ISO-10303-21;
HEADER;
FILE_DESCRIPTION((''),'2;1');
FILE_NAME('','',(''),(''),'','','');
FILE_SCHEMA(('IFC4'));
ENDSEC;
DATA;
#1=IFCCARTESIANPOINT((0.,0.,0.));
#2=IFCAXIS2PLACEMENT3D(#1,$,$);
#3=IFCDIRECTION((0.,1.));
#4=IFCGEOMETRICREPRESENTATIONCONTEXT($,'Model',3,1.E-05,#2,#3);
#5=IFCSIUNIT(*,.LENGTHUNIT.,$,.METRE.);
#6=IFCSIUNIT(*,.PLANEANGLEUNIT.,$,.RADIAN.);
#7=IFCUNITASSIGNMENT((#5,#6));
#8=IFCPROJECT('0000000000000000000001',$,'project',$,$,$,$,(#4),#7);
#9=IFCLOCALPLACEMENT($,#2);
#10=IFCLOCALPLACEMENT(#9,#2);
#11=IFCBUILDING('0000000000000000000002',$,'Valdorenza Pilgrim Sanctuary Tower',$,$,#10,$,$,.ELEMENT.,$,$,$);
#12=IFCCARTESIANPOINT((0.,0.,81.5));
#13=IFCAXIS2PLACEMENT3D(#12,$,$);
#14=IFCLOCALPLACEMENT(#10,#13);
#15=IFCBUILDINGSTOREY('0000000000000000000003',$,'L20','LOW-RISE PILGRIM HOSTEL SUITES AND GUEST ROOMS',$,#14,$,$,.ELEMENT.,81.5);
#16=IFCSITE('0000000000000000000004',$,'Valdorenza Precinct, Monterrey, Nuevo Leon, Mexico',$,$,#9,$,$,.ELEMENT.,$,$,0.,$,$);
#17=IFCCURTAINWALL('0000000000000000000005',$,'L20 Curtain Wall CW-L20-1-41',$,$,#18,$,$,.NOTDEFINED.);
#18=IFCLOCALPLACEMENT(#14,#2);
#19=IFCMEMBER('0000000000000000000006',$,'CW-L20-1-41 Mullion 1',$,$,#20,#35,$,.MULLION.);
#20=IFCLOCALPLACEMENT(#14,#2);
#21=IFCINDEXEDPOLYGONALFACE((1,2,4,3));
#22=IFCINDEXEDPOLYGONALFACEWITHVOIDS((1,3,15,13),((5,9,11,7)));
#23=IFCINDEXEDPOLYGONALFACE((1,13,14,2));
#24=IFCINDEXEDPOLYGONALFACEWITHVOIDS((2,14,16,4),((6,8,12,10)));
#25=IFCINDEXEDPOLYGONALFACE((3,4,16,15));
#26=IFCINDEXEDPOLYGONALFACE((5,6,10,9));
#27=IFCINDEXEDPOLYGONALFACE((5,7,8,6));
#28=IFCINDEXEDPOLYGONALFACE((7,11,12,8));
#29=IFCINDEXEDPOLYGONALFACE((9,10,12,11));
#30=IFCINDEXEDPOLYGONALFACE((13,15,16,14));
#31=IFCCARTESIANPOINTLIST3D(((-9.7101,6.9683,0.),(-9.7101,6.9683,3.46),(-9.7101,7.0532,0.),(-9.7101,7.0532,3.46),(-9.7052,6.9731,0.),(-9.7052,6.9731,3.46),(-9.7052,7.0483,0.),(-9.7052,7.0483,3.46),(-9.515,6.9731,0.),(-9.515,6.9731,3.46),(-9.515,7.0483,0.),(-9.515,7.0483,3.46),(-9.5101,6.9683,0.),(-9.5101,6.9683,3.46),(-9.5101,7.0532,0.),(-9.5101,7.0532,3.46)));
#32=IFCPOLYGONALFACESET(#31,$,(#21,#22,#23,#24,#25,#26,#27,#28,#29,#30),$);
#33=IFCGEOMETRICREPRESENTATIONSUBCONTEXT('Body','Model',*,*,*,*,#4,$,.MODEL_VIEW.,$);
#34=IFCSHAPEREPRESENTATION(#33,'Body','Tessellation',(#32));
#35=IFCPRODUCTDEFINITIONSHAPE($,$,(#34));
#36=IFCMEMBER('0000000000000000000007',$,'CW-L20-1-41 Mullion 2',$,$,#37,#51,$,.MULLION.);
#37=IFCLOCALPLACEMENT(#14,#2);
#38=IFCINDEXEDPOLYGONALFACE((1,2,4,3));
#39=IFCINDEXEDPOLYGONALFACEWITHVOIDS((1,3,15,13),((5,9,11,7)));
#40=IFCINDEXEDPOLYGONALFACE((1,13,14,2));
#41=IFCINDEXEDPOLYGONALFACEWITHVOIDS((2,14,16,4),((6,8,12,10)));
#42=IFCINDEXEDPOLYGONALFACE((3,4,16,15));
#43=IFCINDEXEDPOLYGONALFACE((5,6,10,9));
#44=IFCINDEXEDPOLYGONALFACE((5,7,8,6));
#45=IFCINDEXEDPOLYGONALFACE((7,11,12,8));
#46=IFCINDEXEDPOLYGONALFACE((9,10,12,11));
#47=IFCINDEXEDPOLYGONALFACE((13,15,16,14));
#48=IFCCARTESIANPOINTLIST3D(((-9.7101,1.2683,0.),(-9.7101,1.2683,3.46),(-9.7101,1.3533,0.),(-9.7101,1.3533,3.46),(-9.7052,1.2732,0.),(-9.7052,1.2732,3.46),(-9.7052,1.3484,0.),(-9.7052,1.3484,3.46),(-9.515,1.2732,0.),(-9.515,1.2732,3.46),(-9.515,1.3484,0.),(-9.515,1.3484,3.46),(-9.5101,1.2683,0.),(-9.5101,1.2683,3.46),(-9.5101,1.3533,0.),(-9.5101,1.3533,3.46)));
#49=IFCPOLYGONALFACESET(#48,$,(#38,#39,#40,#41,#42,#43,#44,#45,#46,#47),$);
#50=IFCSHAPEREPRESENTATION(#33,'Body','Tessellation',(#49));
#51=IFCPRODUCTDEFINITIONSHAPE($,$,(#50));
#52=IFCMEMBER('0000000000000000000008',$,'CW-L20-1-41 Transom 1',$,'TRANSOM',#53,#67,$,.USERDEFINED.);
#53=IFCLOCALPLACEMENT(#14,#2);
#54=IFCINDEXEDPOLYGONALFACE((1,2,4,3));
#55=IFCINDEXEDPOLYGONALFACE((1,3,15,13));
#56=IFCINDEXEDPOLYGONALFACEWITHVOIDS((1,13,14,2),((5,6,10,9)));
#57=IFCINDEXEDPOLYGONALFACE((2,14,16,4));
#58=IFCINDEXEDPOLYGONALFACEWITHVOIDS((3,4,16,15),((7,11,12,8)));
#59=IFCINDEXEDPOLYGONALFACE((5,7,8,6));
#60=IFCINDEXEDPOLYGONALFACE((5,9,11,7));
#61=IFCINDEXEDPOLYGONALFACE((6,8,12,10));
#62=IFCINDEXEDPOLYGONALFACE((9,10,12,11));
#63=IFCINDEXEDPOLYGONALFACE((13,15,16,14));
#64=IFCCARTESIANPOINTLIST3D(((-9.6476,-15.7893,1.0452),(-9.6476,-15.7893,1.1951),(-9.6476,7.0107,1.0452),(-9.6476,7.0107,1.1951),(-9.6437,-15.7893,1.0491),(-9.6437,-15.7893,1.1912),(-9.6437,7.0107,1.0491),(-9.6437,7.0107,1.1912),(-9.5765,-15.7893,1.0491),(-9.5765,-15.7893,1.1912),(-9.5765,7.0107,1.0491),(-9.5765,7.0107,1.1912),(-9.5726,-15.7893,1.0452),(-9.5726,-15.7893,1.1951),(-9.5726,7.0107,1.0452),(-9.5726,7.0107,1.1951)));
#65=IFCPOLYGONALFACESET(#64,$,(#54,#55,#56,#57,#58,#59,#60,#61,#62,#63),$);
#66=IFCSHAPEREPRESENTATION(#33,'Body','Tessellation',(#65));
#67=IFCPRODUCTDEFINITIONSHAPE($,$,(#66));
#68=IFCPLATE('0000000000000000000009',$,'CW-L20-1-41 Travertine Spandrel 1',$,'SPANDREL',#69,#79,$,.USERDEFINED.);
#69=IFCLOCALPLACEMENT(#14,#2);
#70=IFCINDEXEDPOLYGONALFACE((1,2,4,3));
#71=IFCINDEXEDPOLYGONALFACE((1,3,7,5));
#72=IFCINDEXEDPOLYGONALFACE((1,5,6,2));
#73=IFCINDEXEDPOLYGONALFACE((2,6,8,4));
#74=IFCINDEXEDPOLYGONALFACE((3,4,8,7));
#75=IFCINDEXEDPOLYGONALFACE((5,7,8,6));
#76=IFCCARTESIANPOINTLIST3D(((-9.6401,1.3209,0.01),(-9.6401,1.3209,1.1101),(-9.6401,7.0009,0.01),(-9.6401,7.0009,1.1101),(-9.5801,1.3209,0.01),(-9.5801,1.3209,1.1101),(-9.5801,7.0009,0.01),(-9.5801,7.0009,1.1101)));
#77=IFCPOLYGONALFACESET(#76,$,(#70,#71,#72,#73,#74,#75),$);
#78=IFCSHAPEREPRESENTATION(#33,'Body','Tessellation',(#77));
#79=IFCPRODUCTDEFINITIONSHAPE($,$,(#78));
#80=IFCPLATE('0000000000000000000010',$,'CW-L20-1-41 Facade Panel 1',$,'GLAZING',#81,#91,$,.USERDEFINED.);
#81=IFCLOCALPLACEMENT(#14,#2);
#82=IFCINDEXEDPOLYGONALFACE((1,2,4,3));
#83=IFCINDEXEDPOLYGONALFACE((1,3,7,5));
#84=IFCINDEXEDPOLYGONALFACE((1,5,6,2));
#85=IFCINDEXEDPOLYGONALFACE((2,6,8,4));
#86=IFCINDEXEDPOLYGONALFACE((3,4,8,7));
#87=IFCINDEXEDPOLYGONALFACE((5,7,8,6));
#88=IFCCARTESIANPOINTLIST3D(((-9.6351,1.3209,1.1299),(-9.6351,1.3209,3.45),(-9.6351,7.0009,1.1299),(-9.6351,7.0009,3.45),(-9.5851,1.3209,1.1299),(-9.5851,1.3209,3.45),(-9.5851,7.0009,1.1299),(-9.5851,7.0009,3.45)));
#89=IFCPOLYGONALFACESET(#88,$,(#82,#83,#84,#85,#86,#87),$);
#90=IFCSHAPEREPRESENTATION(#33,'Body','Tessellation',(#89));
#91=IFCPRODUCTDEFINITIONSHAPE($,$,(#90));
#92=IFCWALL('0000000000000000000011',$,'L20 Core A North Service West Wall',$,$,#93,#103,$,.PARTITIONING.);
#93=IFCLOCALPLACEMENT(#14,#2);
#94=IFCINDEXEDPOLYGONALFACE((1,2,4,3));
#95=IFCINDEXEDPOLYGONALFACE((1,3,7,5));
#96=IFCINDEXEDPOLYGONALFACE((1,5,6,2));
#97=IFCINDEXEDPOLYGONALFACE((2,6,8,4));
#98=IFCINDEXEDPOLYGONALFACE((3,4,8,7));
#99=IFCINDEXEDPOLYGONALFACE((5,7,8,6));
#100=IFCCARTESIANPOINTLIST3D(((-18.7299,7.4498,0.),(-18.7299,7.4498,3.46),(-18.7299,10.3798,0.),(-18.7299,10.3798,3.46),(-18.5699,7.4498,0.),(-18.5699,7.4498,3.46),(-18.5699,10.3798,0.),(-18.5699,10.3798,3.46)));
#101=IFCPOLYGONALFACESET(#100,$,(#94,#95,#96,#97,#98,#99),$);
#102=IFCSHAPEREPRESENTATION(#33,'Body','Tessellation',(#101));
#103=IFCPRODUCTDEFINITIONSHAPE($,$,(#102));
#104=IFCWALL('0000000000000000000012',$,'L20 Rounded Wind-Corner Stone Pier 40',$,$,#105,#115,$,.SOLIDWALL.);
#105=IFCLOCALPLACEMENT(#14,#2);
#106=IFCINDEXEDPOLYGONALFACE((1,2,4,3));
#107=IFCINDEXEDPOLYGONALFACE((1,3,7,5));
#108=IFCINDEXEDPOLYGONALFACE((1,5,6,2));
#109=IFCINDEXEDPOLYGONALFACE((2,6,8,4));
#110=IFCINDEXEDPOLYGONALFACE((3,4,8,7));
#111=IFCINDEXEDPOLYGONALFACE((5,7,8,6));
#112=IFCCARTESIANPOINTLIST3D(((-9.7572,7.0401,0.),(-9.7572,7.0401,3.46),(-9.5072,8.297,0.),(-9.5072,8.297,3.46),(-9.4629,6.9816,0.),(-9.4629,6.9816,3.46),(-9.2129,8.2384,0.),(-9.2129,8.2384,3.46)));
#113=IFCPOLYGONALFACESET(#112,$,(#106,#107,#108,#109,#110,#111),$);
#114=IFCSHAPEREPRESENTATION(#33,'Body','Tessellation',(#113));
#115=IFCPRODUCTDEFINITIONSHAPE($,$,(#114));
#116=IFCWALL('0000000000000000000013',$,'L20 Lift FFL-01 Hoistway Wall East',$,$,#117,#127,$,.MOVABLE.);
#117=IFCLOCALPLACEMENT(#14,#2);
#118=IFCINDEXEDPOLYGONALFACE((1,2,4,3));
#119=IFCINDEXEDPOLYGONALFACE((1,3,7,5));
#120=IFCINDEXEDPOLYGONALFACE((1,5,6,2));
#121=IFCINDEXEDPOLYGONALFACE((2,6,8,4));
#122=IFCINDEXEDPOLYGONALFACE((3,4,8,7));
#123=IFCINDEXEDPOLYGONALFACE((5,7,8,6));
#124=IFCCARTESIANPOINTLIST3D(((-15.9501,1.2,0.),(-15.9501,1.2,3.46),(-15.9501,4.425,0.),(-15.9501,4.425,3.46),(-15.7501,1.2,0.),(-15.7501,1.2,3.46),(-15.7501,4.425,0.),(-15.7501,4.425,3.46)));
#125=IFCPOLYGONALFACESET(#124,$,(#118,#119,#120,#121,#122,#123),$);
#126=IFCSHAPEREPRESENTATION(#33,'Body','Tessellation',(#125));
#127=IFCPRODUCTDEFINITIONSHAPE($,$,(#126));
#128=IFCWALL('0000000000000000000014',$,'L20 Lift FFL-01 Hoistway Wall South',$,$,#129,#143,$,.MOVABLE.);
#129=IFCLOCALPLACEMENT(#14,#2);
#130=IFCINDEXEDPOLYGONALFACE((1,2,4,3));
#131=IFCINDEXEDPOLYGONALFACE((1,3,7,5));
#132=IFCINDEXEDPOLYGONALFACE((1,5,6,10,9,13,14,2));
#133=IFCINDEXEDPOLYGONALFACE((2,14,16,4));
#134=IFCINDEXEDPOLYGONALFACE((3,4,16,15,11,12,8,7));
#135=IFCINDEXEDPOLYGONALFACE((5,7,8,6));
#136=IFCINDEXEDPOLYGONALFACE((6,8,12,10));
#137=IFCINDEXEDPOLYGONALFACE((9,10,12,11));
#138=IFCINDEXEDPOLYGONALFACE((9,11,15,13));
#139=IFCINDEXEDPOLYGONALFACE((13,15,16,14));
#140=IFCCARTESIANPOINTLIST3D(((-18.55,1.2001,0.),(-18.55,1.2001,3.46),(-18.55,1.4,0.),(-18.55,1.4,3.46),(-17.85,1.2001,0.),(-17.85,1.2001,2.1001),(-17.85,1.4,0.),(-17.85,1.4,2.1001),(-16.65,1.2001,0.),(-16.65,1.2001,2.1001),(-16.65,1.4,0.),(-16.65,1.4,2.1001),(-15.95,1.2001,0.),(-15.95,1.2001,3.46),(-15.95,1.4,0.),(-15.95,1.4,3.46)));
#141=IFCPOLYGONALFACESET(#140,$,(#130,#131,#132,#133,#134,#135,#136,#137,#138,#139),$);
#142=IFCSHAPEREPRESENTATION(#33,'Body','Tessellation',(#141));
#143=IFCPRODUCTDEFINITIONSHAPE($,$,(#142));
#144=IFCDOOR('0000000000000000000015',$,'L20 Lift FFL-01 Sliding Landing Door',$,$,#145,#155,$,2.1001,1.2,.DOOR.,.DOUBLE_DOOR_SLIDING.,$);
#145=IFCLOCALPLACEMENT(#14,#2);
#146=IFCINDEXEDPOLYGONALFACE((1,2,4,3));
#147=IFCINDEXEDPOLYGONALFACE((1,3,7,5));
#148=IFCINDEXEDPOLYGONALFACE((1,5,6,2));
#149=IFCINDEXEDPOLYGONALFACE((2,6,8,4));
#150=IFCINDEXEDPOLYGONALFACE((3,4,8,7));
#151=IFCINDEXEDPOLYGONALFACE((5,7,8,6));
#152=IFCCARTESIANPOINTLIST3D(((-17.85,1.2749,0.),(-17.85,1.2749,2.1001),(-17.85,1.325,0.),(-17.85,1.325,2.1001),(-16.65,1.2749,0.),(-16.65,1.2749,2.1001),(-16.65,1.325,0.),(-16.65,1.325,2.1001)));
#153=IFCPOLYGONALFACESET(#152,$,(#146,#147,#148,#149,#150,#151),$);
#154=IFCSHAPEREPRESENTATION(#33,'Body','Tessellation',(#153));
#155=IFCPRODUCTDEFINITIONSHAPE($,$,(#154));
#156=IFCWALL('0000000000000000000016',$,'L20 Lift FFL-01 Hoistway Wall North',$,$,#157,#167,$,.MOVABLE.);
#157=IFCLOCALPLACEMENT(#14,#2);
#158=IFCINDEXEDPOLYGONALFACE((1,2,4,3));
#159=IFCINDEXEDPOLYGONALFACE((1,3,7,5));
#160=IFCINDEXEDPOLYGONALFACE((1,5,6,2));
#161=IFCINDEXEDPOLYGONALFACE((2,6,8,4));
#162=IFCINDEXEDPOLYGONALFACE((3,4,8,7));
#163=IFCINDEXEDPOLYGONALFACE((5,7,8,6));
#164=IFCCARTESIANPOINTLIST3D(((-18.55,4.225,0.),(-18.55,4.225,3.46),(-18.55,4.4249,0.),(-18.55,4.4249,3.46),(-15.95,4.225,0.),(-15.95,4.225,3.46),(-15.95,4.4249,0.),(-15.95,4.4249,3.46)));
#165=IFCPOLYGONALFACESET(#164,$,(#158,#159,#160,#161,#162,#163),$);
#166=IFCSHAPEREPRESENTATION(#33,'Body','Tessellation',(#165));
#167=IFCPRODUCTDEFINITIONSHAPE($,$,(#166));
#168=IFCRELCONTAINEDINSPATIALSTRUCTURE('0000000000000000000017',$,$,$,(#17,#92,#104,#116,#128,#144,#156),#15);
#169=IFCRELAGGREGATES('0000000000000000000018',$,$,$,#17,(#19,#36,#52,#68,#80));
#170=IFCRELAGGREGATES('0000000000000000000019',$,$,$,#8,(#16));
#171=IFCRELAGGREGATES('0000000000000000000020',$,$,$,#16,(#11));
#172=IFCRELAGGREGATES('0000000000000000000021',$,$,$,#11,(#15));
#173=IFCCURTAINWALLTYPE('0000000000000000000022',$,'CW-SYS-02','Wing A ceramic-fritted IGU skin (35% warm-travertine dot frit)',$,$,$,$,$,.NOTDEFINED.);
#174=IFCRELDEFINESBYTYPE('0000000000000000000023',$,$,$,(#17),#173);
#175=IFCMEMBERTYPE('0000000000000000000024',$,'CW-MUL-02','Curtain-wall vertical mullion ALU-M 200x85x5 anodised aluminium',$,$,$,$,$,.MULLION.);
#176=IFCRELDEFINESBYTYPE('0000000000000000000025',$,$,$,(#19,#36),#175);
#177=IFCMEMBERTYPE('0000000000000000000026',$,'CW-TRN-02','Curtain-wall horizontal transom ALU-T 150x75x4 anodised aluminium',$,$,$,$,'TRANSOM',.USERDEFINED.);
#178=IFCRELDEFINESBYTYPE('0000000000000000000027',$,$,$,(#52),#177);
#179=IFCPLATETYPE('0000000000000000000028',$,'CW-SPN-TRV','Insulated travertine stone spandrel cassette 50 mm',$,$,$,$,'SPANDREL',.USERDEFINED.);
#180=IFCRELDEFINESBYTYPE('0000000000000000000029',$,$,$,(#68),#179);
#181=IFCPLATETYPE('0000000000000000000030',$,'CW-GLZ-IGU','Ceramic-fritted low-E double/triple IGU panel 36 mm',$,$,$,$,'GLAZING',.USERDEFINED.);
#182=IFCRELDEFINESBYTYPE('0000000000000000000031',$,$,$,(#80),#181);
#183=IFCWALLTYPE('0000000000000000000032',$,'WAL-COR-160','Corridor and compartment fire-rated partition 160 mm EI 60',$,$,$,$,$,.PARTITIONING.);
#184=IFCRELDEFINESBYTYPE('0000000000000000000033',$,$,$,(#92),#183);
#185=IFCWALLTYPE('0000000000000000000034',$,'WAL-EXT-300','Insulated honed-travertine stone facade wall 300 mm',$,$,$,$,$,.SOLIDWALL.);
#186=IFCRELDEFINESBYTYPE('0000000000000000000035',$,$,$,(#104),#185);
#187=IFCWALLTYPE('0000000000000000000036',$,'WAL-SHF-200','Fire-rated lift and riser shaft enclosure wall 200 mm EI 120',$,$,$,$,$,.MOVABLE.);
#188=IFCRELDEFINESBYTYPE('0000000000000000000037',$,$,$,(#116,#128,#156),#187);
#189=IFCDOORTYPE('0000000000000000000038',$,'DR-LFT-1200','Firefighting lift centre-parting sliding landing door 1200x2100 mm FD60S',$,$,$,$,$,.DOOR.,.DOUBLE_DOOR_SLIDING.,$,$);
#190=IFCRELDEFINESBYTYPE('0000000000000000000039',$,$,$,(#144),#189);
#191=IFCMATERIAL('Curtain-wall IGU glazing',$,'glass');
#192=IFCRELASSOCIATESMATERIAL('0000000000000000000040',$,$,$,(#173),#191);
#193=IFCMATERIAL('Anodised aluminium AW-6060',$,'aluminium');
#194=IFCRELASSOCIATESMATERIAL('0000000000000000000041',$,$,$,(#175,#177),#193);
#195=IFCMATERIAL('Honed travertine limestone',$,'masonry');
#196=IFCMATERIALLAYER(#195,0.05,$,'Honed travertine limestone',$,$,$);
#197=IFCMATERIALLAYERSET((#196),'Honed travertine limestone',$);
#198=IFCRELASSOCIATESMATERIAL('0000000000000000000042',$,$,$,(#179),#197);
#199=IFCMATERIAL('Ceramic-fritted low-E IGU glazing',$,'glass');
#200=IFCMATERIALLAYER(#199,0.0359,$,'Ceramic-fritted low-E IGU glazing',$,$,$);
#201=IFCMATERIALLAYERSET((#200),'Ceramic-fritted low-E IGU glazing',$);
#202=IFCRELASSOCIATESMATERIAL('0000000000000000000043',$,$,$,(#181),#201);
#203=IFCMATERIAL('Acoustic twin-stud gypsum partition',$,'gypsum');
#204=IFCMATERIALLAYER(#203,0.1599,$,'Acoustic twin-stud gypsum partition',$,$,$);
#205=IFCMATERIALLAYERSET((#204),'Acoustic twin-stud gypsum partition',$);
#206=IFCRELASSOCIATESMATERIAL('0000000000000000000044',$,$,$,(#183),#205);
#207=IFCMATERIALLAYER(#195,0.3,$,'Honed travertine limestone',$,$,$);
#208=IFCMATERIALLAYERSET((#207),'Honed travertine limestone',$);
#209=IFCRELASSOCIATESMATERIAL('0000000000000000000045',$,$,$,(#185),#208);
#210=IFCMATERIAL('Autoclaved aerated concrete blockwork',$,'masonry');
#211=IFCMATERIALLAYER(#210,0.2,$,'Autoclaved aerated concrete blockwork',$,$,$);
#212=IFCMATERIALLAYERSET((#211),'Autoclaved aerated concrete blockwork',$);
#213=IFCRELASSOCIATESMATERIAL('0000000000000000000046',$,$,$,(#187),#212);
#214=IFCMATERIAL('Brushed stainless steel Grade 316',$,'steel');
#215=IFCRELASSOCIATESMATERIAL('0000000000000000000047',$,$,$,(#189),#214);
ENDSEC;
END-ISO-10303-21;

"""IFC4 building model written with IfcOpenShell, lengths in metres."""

from ifc_helpers import new_model, si_unit, direction, frame, frame_2d, origin, origin_2d, place, context, subcontext, project, spatial, rectangle, hollow_rectangle, extrude, source, transform, mapped, material, layer, layer_set, material_profile, profile_set, type_object, element, fill, aggregate, save


model = new_model("IFC4")

# Units and contexts
model_context = context("Model", 3, precision=1e-05, world=origin(), true_north=direction((0.0, 1.0)))
body_context = subcontext(model_context, "Body", "Model", "MODEL_VIEW")
ifc_project = project(units=[si_unit("LENGTHUNIT", "METRE"), si_unit("PLANEANGLEUNIT", "RADIAN")], contexts=[model_context])

# Site, building, storey
site_placement = place(None, origin())
site = spatial("IfcSite", under=ifc_project, at=site_placement, Name="Valdorenza Precinct, Monterrey, Nuevo Leon, Mexico", CompositionType="ELEMENT", RefElevation=0.0)
building_placement = place(site_placement, origin())
building = spatial("IfcBuilding", under=site, at=building_placement, Name="Valdorenza Pilgrim Sanctuary Tower", CompositionType="ELEMENT")
storey_placement = place(building_placement, frame((0.0, 0.0, 81.5)))
storey = spatial("IfcBuildingStorey", under=building, at=storey_placement, Name="L20", Description="LOW-RISE PILGRIM HOSTEL SUITES AND GUEST ROOMS", CompositionType="ELEMENT", Elevation=81.5)

# Curtain wall, members, plates
ifc_material_1 = material(Name="Curtain-wall IGU glazing", Category="glass")
curtain_wall_type = type_object("IfcCurtainWallType", Name="CW-SYS-02", Description="Wing A ceramic-fritted IGU skin (35% warm-travertine dot frit)", PredefinedType="NOTDEFINED", material=ifc_material_1)
curtain_wall_placement = place(storey_placement, origin())
curtain_wall = element("IfcCurtainWall", 1, at=curtain_wall_placement, inside=storey, type_object=curtain_wall_type, Name="L20 Curtain Wall CW-L20-1-41", PredefinedType="NOTDEFINED")
ifc_material_2 = material(Name="Anodised aluminium AW-6060", Category="aluminium")
ifc_material_profile_1 = material_profile(ifc_material_2, hollow_rectangle(XDim=0.085, YDim=0.2, WallThickness=0.0049, at=origin_2d()), Name="ALU-M 200x85x5")
ifc_profile_set_1 = profile_set([ifc_material_profile_1], Name="Anodised aluminium AW-6060")
member_type_1 = type_object("IfcMemberType", Name="CW-MUL-02", Description="Curtain-wall vertical mullion ALU-M 200x85x5 anodised aluminium", PredefinedType="MULLION", material=ifc_profile_set_1)
shared_shape_1 = source(origin(), body_context, "Body", "SweptSolid", [
    extrude(hollow_rectangle(XDim=0.085, YDim=0.2, WallThickness=0.0049, at=origin_2d()), origin(), (0.0, 0.0, 1.0), 3.46),
])
member_1_placement = place(storey_placement, frame((-9.6101, 7.0107, 0.0), z_axis=(0.0, 0.0, 1.0), x_axis=(0.0, -1.0, 0.0)))
member_1 = element("IfcMember", 2, at=member_1_placement, type_object=member_type_1, Name="CW-L20-1-41 Mullion 1", PredefinedType="MULLION", context=body_context, shape_type="MappedRepresentation", body=[
    mapped(shared_shape_1, transform((0.0, 0.0, 0.0), x_axis=(1.0, 0.0, 0.0), y_axis=(0.0, 1.0, 0.0), z_axis=(0.0, 0.0, 1.0), scale=1.0)),
])
member_2_placement = place(storey_placement, frame((-9.6101, 1.3108, 0.0), z_axis=(0.0, 0.0, 1.0), x_axis=(0.0, -1.0, 0.0)))
member_2 = element("IfcMember", 3, at=member_2_placement, type_object=member_type_1, Name="CW-L20-1-41 Mullion 2", PredefinedType="MULLION", context=body_context, shape_type="MappedRepresentation", body=[
    mapped(shared_shape_1, transform((0.0, 0.0, 0.0), x_axis=(1.0, 0.0, 0.0), y_axis=(0.0, 1.0, 0.0), z_axis=(0.0, 0.0, 1.0), scale=1.0)),
])
ifc_material_profile_2 = material_profile(ifc_material_2, hollow_rectangle(XDim=0.075, YDim=0.1499, WallThickness=0.0039, at=origin_2d()), Name="ALU-T 150x75x4")
ifc_profile_set_2 = profile_set([ifc_material_profile_2], Name="Anodised aluminium AW-6060")
member_type_2 = type_object("IfcMemberType", Name="CW-TRN-02", Description="Curtain-wall horizontal transom ALU-T 150x75x4 anodised aluminium", ElementType="TRANSOM", PredefinedType="USERDEFINED", material=ifc_profile_set_2)
shared_shape_2 = source(origin(), body_context, "Body", "SweptSolid", [
    extrude(hollow_rectangle(XDim=0.075, YDim=0.1499, WallThickness=0.0039, at=origin_2d()), origin(), (0.0, 0.0, 1.0), 22.8),
])
member_3_placement = place(storey_placement, frame((-9.6101, 7.0107, 1.1201), z_axis=(0.0, -1.0, 0.0), x_axis=(1.0, 0.0, 0.0)))
member_3 = element("IfcMember", 4, at=member_3_placement, type_object=member_type_2, Name="CW-L20-1-41 Transom 1", ObjectType="TRANSOM", PredefinedType="USERDEFINED", context=body_context, shape_type="MappedRepresentation", body=[
    mapped(shared_shape_2, transform((0.0, 0.0, 0.0), x_axis=(1.0, 0.0, 0.0), y_axis=(0.0, 1.0, 0.0), z_axis=(0.0, 0.0, 1.0), scale=1.0)),
])
ifc_material_3 = material(Name="Honed travertine limestone", Category="masonry")
ifc_layer_1 = layer(ifc_material_3, 0.05, Name="Honed travertine limestone")
ifc_layer_set_1 = layer_set([ifc_layer_1], Name="Honed travertine limestone")
plate_type_1 = type_object("IfcPlateType", Name="CW-SPN-TRV", Description="Insulated travertine stone spandrel cassette 50 mm", ElementType="SPANDREL", PredefinedType="USERDEFINED", material=ifc_layer_set_1)
shared_shape_3 = source(origin(), body_context, "Body", "SweptSolid", [
    extrude(rectangle(XDim=5.6799, YDim=0.0601, at=origin_2d()), origin(), (0.0, 0.0, 1.0), 1.1001),
])
plate_1_placement = place(storey_placement, frame((-9.6101, 4.1609, 0.01), z_axis=(0.0, 0.0, 1.0), x_axis=(0.0, -1.0, 0.0)))
plate_1 = element("IfcPlate", 5, at=plate_1_placement, type_object=plate_type_1, Name="CW-L20-1-41 Travertine Spandrel 1", ObjectType="SPANDREL", PredefinedType="USERDEFINED", context=body_context, shape_type="MappedRepresentation", body=[
    mapped(shared_shape_3, transform((0.0, 0.0, 0.0), x_axis=(1.0, 0.0, 0.0), y_axis=(0.0, 1.0, 0.0), z_axis=(0.0, 0.0, 1.0), scale=1.0)),
])
ifc_material_4 = material(Name="Ceramic-fritted low-E IGU glazing", Category="glass")
ifc_layer_2 = layer(ifc_material_4, 0.0359, Name="Ceramic-fritted low-E IGU glazing")
ifc_layer_set_2 = layer_set([ifc_layer_2], Name="Ceramic-fritted low-E IGU glazing")
plate_type_2 = type_object("IfcPlateType", Name="CW-GLZ-IGU", Description="Ceramic-fritted low-E double/triple IGU panel 36 mm", ElementType="GLAZING", PredefinedType="USERDEFINED", material=ifc_layer_set_2)
shared_shape_4 = source(origin(), body_context, "Body", "SweptSolid", [
    extrude(rectangle(XDim=5.6799, YDim=0.05, at=origin_2d()), origin(), (0.0, 0.0, 1.0), 2.3201),
])
plate_2_placement = place(storey_placement, frame((-9.6101, 4.1609, 1.1299), z_axis=(0.0, 0.0, 1.0), x_axis=(0.0, -1.0, 0.0)))
plate_2 = element("IfcPlate", 6, at=plate_2_placement, type_object=plate_type_2, Name="CW-L20-1-41 Facade Panel 1", ObjectType="GLAZING", PredefinedType="USERDEFINED", context=body_context, shape_type="MappedRepresentation", body=[
    mapped(shared_shape_4, transform((0.0, 0.0, 0.0), x_axis=(1.0, 0.0, 0.0), y_axis=(0.0, 1.0, 0.0), z_axis=(0.0, 0.0, 1.0), scale=1.0)),
])
aggregate(curtain_wall, [member_1, member_2, member_3, plate_1, plate_2])

# Walls
ifc_material_5 = material(Name="Acoustic twin-stud gypsum partition", Category="gypsum")
ifc_layer_3 = layer(ifc_material_5, 0.1599, Name="Acoustic twin-stud gypsum partition")
ifc_layer_set_3 = layer_set([ifc_layer_3], Name="Acoustic twin-stud gypsum partition")
wall_type_1 = type_object("IfcWallType", Name="WAL-COR-160", Description="Corridor and compartment fire-rated partition 160 mm EI 60", PredefinedType="PARTITIONING", material=ifc_layer_set_3)
wall_1_placement = place(storey_placement, frame((-18.6499, 7.45, 0.0), z_axis=(0.0, 0.0, 1.0), x_axis=(0.0, 1.0, 0.0)))
element("IfcWall", 7, at=wall_1_placement, inside=storey, type_object=wall_type_1, Name="L20 Core A North Service West Wall", PredefinedType="PARTITIONING", context=body_context, shape_type="SweptSolid", body=[
    extrude(rectangle(XDim=2.9299, YDim=0.1599, at=frame_2d((1.4648, 0.0))), origin(), (0.0, 0.0, 1.0), 3.46),
])
ifc_layer_4 = layer(ifc_material_3, 0.3, Name="Honed travertine limestone")
ifc_layer_set_4 = layer_set([ifc_layer_4], Name="Honed travertine limestone")
wall_type_2 = type_object("IfcWallType", Name="WAL-EXT-300", Description="Insulated honed-travertine stone facade wall 300 mm", PredefinedType="SOLIDWALL", material=ifc_layer_set_4)
wall_2_placement = place(storey_placement, frame((-9.3601, 8.2676, 0.0), z_axis=(0.0, 0.0, 1.0), x_axis=(-0.19509, -0.980785, 0.0)))
element("IfcWall", 8, at=wall_2_placement, inside=storey, type_object=wall_type_2, Name="L20 Rounded Wind-Corner Stone Pier 40", PredefinedType="SOLIDWALL", context=body_context, shape_type="SweptSolid", body=[
    extrude(rectangle(XDim=1.2815, YDim=0.3, at=frame_2d((0.6406, 0.0))), origin(), (0.0, 0.0, 1.0), 3.46),
])
ifc_material_6 = material(Name="Autoclaved aerated concrete blockwork", Category="masonry")
ifc_layer_5 = layer(ifc_material_6, 0.2, Name="Autoclaved aerated concrete blockwork")
ifc_layer_set_5 = layer_set([ifc_layer_5], Name="Autoclaved aerated concrete blockwork")
wall_type_3 = type_object("IfcWallType", Name="WAL-SHF-200", Description="Fire-rated lift and riser shaft enclosure wall 200 mm EI 120", PredefinedType="MOVABLE", material=ifc_layer_set_5)
wall_3_placement = place(storey_placement, frame((-15.8501, 1.2, 0.0), z_axis=(0.0, 0.0, 1.0), x_axis=(0.0, 1.0, 0.0)))
element("IfcWall", 9, at=wall_3_placement, inside=storey, type_object=wall_type_3, Name="L20 Lift FFL-01 Hoistway Wall East", PredefinedType="MOVABLE", context=body_context, shape_type="SweptSolid", body=[
    extrude(rectangle(XDim=3.2251, YDim=0.2, at=frame_2d((1.6125, 0.0))), origin(), (0.0, 0.0, 1.0), 3.46),
])

# Wall, opening, door
wall_4_placement = place(storey_placement, frame((-18.55, 1.3, 0.0), z_axis=(0.0, 0.0, 1.0), x_axis=(1.0, 0.0, 0.0)))
wall_4 = element("IfcWall", 10, at=wall_4_placement, inside=storey, type_object=wall_type_3, Name="L20 Lift FFL-01 Hoistway Wall South", PredefinedType="MOVABLE", context=body_context, shape_type="SweptSolid", body=[
    extrude(rectangle(XDim=2.6001, YDim=0.2, at=frame_2d((1.3, 0.0))), origin(), (0.0, 0.0, 1.0), 3.46),
])
opening_1_placement = place(wall_4_placement, frame((0.7, 0.0, 0.0)))
opening_1 = element("IfcOpeningElement", 11, at=opening_1_placement, cuts=wall_4, PredefinedType="OPENING", context=body_context, shape_type="SweptSolid", body=[
    extrude(rectangle(XDim=1.2, YDim=2.1001, at=frame_2d((0.6001, 1.05))), frame((0.0, 0.1147, 0.0), z_axis=(0.0, -1.0, 0.0), x_axis=(1.0, 0.0, 0.0)), (0.0, 0.0, 1.0), 0.2297),
])
ifc_material_7 = material(Name="Brushed stainless steel Grade 316", Category="steel")
door_type_1 = type_object("IfcDoorType", Name="DR-LFT-1200", Description="Firefighting lift centre-parting sliding landing door 1200x2100 mm FD60S", OperationType="DOUBLE_DOOR_SLIDING", PredefinedType="DOOR", material=ifc_material_7)
door_1_placement = place(opening_1_placement, origin())
door_1 = element("IfcDoor", 12, at=door_1_placement, inside=storey, type_object=door_type_1, Name="L20 Lift FFL-01 Sliding Landing Door", OperationType="DOUBLE_DOOR_SLIDING", OverallHeight=2.1001, OverallWidth=1.2, PredefinedType="DOOR", context=body_context, shape_type="SweptSolid", body=[
    extrude(rectangle(XDim=1.2, YDim=2.1001, at=frame_2d((0.6001, 1.05))), frame((0.0, 0.0249, 0.0), z_axis=(0.0, -1.0, 0.0), x_axis=(1.0, 0.0, 0.0)), (0.0, 0.0, 1.0), 0.05),
])
fill(opening_1, door_1)

# Wall
wall_5_placement = place(storey_placement, frame((-18.55, 4.325, 0.0), z_axis=(0.0, 0.0, 1.0), x_axis=(1.0, 0.0, 0.0)))
element("IfcWall", 13, at=wall_5_placement, inside=storey, type_object=wall_type_3, Name="L20 Lift FFL-01 Hoistway Wall North", PredefinedType="MOVABLE", context=body_context, shape_type="SweptSolid", body=[
    extrude(rectangle(XDim=2.6001, YDim=0.2, at=frame_2d((1.3, 0.0))), origin(), (0.0, 0.0, 1.0), 3.46),
])

save(model, "model.ifc")
